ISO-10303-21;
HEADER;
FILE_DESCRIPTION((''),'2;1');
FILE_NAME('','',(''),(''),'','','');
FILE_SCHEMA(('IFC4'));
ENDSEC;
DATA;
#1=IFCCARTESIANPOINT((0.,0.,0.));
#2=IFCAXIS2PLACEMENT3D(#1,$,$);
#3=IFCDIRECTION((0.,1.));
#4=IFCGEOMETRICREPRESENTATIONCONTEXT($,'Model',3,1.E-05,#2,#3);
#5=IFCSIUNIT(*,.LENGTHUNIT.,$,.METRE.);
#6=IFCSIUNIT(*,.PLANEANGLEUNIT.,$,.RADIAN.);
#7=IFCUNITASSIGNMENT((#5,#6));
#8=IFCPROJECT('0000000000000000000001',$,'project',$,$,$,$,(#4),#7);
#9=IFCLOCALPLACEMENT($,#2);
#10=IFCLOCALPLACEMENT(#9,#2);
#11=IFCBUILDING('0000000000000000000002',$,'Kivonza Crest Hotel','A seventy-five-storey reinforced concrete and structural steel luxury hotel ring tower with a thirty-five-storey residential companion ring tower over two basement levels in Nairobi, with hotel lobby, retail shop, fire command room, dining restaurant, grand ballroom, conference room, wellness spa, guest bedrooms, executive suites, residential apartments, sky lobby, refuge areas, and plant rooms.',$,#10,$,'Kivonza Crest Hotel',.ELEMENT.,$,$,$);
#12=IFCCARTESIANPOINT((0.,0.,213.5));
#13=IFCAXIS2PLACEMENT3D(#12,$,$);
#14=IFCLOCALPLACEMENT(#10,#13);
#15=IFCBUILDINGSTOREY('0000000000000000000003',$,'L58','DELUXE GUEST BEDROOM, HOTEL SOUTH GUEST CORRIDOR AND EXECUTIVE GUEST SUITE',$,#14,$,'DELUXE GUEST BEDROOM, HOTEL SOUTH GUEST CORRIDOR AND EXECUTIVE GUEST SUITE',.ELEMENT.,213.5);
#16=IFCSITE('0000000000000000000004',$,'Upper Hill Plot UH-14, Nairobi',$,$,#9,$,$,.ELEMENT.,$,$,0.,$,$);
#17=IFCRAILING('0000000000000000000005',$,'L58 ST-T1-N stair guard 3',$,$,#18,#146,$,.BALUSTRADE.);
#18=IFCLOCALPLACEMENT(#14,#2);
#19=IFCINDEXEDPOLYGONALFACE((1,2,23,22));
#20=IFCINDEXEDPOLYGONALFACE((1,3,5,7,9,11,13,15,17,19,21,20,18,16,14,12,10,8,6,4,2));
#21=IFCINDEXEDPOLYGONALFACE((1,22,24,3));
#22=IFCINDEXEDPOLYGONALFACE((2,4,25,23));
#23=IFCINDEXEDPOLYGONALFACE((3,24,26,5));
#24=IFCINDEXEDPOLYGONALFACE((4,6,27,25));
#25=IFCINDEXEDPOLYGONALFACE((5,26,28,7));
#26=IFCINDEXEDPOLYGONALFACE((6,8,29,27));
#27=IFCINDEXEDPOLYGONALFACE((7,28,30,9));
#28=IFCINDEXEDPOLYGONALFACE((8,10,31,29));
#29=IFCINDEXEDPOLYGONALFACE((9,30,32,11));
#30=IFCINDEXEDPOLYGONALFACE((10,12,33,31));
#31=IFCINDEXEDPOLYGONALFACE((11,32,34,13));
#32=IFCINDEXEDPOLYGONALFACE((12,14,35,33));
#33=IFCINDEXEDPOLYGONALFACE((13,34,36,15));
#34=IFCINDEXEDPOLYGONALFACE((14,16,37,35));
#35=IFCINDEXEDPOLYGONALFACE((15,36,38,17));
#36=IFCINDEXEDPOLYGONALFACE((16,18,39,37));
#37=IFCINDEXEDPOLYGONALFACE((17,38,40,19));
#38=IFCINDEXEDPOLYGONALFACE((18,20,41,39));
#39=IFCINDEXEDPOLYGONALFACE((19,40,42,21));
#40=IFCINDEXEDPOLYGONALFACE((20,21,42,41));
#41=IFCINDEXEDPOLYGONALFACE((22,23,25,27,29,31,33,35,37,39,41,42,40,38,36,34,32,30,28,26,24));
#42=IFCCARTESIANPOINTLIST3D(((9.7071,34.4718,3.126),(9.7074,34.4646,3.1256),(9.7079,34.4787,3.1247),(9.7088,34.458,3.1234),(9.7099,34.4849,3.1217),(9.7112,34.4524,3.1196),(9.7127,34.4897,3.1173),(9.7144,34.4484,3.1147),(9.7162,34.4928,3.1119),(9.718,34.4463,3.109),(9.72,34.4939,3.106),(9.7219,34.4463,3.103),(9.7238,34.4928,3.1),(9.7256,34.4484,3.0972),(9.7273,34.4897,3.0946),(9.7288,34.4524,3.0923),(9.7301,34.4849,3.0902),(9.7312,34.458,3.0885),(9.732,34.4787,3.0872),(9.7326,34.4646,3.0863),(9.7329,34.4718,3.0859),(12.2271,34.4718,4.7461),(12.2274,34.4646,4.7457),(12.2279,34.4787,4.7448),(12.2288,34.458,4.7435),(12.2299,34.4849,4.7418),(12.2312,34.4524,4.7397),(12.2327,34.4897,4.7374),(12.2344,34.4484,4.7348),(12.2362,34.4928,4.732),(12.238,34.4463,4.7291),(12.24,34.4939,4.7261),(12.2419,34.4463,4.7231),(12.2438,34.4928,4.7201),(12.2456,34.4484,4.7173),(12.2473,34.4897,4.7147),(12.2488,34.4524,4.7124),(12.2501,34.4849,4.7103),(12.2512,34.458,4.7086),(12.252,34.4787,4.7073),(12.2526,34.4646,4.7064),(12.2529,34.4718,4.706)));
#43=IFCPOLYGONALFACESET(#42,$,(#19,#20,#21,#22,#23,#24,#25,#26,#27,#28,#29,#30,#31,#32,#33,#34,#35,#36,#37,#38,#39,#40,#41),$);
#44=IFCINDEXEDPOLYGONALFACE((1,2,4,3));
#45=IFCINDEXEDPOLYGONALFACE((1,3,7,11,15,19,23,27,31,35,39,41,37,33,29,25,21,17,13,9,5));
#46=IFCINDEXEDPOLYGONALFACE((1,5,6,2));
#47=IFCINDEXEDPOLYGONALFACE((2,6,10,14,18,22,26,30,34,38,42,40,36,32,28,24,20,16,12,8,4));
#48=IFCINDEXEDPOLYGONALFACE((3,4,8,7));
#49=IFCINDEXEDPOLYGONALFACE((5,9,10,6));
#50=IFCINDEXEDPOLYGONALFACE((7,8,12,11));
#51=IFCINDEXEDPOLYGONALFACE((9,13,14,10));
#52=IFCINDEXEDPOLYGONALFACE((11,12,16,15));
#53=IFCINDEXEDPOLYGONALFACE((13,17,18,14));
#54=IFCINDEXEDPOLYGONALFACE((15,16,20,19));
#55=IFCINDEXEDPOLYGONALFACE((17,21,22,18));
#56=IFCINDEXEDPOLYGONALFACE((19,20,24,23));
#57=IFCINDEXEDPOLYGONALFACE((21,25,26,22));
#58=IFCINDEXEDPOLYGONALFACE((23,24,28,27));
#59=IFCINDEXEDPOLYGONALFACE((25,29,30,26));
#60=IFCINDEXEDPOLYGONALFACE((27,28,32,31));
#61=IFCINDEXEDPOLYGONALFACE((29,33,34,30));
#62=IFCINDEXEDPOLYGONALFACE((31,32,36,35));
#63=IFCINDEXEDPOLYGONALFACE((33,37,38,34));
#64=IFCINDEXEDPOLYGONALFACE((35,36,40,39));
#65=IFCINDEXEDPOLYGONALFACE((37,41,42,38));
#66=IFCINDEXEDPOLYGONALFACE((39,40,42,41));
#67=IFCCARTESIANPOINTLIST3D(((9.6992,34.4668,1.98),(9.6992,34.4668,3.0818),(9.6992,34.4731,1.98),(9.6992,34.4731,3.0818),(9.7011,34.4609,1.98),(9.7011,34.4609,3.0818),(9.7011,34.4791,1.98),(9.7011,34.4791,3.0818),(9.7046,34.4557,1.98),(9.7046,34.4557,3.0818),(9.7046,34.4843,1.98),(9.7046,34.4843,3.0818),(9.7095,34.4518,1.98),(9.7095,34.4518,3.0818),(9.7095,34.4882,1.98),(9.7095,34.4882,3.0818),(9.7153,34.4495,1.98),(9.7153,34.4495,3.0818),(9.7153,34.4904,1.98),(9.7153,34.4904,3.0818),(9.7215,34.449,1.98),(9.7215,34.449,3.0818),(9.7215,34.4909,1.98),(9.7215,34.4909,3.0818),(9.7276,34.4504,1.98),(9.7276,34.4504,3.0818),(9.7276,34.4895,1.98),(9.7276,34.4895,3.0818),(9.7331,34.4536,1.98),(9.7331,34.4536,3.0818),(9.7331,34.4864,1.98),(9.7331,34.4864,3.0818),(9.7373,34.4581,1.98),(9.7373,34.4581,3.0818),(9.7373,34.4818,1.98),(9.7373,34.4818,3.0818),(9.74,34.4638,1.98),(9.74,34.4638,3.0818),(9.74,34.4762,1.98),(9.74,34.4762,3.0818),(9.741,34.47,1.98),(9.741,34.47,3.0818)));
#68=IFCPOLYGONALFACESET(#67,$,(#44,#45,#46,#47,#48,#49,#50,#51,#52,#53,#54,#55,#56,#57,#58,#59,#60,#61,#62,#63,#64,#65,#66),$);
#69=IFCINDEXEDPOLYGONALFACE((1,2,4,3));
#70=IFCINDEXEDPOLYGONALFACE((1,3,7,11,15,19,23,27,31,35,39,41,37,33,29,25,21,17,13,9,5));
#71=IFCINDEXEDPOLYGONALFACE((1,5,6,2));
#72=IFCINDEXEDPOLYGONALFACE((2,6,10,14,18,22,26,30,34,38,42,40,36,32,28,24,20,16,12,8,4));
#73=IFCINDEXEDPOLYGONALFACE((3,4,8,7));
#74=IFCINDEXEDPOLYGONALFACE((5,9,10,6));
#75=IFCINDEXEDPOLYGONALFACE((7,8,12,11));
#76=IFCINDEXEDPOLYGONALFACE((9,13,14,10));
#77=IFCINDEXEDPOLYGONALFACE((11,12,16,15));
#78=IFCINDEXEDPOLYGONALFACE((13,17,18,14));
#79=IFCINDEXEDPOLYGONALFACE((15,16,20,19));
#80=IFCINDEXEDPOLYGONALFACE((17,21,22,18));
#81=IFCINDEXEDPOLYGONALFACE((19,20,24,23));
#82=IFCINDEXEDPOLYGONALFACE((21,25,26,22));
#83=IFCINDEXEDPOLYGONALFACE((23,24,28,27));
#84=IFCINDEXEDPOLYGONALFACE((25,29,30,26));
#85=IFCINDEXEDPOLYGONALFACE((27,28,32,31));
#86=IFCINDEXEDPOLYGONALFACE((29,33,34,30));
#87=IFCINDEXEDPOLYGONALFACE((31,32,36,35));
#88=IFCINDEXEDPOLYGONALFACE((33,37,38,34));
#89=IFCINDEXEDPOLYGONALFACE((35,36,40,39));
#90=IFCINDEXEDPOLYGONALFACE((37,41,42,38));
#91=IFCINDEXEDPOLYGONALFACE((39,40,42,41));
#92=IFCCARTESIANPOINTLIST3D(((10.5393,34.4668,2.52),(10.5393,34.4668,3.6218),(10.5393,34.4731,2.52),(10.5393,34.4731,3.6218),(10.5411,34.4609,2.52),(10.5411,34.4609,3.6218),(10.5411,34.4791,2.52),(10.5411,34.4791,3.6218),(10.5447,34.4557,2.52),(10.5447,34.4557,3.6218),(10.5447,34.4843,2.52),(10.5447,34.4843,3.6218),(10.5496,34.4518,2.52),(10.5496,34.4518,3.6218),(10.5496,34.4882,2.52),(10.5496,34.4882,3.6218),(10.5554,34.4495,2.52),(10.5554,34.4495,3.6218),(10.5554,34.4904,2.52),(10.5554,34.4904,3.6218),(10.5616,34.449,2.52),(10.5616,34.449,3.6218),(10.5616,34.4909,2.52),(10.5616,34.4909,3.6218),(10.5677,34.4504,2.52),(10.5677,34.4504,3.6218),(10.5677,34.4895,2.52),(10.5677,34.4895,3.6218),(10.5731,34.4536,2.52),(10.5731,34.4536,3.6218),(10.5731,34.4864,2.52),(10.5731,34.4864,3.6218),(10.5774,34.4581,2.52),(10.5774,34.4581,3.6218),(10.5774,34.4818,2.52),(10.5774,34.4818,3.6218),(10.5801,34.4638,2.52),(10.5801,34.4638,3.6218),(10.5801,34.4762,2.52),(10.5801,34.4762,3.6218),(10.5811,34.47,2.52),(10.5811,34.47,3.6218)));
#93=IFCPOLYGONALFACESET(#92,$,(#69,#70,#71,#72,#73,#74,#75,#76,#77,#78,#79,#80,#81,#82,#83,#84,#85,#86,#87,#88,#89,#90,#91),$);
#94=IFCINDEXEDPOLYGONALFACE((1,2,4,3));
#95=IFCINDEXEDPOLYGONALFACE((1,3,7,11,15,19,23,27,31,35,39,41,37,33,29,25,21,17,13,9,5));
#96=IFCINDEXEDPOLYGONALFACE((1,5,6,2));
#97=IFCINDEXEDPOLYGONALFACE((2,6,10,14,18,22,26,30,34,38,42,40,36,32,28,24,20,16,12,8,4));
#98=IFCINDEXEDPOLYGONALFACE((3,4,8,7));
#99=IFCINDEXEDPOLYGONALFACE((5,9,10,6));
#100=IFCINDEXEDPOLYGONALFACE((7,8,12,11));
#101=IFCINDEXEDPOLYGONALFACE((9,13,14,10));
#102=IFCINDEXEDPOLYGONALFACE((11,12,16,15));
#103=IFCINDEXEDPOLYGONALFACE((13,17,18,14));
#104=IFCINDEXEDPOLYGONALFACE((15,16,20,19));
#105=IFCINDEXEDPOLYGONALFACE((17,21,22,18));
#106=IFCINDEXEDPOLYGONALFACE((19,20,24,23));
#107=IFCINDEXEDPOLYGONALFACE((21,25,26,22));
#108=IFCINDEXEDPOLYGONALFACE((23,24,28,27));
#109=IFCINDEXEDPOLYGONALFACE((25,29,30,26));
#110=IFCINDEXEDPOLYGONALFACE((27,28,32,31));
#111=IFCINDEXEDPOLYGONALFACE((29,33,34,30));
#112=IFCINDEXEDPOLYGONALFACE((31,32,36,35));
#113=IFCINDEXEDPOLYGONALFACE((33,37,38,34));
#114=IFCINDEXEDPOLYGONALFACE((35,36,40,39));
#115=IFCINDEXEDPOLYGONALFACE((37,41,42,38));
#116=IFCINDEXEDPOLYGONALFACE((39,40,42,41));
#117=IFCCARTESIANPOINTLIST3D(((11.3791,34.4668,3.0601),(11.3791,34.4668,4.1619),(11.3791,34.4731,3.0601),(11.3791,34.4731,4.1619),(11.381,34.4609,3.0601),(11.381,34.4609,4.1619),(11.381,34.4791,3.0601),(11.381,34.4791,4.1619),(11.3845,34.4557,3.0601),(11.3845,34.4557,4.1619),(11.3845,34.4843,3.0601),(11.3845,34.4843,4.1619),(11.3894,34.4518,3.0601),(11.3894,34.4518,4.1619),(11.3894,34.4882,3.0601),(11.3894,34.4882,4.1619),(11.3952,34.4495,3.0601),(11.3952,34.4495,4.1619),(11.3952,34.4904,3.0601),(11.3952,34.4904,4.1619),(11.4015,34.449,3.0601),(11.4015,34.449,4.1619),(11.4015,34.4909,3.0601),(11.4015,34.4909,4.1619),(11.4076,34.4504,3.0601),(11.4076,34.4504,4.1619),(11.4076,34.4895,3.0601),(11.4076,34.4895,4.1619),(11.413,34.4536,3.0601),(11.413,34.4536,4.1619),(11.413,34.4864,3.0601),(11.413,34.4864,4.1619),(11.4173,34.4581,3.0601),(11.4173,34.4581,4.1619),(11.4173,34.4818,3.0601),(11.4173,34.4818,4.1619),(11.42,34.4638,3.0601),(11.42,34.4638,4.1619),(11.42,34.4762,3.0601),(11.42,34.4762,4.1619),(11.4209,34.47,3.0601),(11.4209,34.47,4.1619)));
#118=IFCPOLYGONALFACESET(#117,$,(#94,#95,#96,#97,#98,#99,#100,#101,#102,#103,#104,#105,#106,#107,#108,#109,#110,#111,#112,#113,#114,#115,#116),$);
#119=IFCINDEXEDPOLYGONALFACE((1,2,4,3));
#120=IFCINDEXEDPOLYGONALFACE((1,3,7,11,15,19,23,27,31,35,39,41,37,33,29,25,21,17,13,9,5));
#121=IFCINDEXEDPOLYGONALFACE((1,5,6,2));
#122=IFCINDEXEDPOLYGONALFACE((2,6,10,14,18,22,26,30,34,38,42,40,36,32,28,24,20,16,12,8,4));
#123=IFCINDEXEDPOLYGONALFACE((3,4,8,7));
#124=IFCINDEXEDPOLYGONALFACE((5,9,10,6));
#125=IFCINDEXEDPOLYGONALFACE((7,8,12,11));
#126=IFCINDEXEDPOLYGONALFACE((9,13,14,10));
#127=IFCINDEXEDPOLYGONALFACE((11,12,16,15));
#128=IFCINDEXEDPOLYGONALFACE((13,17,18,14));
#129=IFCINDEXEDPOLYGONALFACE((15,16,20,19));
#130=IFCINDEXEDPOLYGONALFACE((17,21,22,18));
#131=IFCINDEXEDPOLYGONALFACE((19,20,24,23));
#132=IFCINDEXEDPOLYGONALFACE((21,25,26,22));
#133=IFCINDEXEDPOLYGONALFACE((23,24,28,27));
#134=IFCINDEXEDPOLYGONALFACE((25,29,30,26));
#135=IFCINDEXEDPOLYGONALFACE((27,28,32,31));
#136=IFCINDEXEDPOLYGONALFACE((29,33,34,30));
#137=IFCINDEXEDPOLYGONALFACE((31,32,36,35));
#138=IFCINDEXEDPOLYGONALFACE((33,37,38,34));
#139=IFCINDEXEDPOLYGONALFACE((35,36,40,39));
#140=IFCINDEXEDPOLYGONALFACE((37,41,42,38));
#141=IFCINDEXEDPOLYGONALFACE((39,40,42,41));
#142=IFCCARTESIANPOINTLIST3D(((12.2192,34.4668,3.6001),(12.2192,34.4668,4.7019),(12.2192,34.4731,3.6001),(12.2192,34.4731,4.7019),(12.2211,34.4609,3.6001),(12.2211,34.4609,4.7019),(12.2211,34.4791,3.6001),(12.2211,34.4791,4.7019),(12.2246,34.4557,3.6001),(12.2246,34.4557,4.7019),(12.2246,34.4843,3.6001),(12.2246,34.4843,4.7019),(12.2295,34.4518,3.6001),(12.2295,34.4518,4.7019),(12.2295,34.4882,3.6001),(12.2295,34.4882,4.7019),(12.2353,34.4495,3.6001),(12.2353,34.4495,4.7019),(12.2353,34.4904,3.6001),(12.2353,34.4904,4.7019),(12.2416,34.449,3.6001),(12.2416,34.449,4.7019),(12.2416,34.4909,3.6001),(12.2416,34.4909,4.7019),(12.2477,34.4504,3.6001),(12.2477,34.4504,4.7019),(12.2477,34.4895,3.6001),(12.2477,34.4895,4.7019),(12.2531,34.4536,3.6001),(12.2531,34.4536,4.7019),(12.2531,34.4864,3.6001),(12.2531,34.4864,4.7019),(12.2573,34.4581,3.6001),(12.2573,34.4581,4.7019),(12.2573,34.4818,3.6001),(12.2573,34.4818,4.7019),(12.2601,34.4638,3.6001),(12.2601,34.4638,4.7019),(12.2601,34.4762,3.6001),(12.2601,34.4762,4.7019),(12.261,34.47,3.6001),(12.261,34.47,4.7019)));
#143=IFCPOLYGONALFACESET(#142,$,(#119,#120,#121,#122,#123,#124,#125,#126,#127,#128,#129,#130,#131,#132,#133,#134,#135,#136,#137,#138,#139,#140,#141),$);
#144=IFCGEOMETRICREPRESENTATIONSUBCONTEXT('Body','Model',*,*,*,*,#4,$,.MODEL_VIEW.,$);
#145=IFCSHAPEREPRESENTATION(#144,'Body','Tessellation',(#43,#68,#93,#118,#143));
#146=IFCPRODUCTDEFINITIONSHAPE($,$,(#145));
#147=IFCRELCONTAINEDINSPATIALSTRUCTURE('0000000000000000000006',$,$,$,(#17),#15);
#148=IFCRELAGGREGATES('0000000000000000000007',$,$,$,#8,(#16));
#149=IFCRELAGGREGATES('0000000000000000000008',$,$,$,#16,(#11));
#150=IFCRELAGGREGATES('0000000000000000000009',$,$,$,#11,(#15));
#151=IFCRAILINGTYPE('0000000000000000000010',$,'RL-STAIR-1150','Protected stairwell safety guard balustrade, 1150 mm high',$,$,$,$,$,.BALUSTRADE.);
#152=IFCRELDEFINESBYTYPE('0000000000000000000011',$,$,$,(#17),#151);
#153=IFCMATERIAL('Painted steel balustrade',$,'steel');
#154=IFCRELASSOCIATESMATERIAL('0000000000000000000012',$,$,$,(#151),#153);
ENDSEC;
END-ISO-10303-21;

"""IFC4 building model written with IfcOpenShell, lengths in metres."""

from ifc_helpers import new_model, si_unit, direction, frame, origin, origin_2d, place, context, subcontext, project, spatial, circle, extrude, material, type_object, element, save


model = new_model("IFC4")

# Units and contexts
model_context = context("Model", 3, precision=1e-05, world=origin(), true_north=direction((0.0, 1.0)))
body_context = subcontext(model_context, "Body", "Model", "MODEL_VIEW")
ifc_project = project(units=[si_unit("LENGTHUNIT", "METRE"), si_unit("PLANEANGLEUNIT", "RADIAN")], contexts=[model_context])

# Site, building, storey
site_placement = place(None, origin())
site = spatial("IfcSite", under=ifc_project, at=site_placement, Name="Upper Hill Plot UH-14, Nairobi", CompositionType="ELEMENT", RefElevation=0.0)
building_placement = place(site_placement, origin())
building = spatial("IfcBuilding", under=site, at=building_placement, Name="Kivonza Crest Hotel", Description="A seventy-five-storey reinforced concrete and structural steel luxury hotel ring tower with a thirty-five-storey residential companion ring tower over two basement levels in Nairobi, with hotel lobby, retail shop, fire command room, dining restaurant, grand ballroom, conference room, wellness spa, guest bedrooms, executive suites, residential apartments, sky lobby, refuge areas, and plant rooms.", LongName="Kivonza Crest Hotel", CompositionType="ELEMENT")
storey_placement = place(building_placement, frame((0.0, 0.0, 213.5)))
storey = spatial("IfcBuildingStorey", under=building, at=storey_placement, Name="L58", Description="DELUXE GUEST BEDROOM, HOTEL SOUTH GUEST CORRIDOR AND EXECUTIVE GUEST SUITE", LongName="DELUXE GUEST BEDROOM, HOTEL SOUTH GUEST CORRIDOR AND EXECUTIVE GUEST SUITE", CompositionType="ELEMENT", Elevation=213.5)

# Railing
ifc_material_1 = material(Name="Painted steel balustrade", Category="steel")
railing_type_1 = type_object("IfcRailingType", Name="RL-STAIR-1150", Description="Protected stairwell safety guard balustrade, 1150 mm high", PredefinedType="BALUSTRADE", material=ifc_material_1)
railing_1_placement = place(storey_placement, frame((9.72, 34.47, 1.98)))
element("IfcRailing", 1, at=railing_1_placement, inside=storey, type_object=railing_type_1, Name="L58 ST-T1-N stair guard 3", PredefinedType="BALUSTRADE", context=body_context, shape_type="SweptSolid", body=[
    extrude(circle(Radius=0.0239, at=origin_2d()), frame((0.0, 0.0, 1.126), z_axis=(0.841163, 0.0, 0.540782), x_axis=(0.0, 1.0, 0.0)), (0.0, 0.0, 1.0), 2.9958),
    extrude(circle(Radius=0.021, at=origin_2d()), origin(), (0.0, 0.0, 1.0), 1.1018),
    extrude(circle(Radius=0.021, at=origin_2d()), frame((0.8401, 0.0, 0.54)), (0.0, 0.0, 1.0), 1.1018),
    extrude(circle(Radius=0.021, at=origin_2d()), frame((1.6799, 0.0, 1.0801)), (0.0, 0.0, 1.0), 1.1018),
    extrude(circle(Radius=0.021, at=origin_2d()), frame((2.52, 0.0, 1.6201)), (0.0, 0.0, 1.0), 1.1018),
])

save(model, "model.ifc")
